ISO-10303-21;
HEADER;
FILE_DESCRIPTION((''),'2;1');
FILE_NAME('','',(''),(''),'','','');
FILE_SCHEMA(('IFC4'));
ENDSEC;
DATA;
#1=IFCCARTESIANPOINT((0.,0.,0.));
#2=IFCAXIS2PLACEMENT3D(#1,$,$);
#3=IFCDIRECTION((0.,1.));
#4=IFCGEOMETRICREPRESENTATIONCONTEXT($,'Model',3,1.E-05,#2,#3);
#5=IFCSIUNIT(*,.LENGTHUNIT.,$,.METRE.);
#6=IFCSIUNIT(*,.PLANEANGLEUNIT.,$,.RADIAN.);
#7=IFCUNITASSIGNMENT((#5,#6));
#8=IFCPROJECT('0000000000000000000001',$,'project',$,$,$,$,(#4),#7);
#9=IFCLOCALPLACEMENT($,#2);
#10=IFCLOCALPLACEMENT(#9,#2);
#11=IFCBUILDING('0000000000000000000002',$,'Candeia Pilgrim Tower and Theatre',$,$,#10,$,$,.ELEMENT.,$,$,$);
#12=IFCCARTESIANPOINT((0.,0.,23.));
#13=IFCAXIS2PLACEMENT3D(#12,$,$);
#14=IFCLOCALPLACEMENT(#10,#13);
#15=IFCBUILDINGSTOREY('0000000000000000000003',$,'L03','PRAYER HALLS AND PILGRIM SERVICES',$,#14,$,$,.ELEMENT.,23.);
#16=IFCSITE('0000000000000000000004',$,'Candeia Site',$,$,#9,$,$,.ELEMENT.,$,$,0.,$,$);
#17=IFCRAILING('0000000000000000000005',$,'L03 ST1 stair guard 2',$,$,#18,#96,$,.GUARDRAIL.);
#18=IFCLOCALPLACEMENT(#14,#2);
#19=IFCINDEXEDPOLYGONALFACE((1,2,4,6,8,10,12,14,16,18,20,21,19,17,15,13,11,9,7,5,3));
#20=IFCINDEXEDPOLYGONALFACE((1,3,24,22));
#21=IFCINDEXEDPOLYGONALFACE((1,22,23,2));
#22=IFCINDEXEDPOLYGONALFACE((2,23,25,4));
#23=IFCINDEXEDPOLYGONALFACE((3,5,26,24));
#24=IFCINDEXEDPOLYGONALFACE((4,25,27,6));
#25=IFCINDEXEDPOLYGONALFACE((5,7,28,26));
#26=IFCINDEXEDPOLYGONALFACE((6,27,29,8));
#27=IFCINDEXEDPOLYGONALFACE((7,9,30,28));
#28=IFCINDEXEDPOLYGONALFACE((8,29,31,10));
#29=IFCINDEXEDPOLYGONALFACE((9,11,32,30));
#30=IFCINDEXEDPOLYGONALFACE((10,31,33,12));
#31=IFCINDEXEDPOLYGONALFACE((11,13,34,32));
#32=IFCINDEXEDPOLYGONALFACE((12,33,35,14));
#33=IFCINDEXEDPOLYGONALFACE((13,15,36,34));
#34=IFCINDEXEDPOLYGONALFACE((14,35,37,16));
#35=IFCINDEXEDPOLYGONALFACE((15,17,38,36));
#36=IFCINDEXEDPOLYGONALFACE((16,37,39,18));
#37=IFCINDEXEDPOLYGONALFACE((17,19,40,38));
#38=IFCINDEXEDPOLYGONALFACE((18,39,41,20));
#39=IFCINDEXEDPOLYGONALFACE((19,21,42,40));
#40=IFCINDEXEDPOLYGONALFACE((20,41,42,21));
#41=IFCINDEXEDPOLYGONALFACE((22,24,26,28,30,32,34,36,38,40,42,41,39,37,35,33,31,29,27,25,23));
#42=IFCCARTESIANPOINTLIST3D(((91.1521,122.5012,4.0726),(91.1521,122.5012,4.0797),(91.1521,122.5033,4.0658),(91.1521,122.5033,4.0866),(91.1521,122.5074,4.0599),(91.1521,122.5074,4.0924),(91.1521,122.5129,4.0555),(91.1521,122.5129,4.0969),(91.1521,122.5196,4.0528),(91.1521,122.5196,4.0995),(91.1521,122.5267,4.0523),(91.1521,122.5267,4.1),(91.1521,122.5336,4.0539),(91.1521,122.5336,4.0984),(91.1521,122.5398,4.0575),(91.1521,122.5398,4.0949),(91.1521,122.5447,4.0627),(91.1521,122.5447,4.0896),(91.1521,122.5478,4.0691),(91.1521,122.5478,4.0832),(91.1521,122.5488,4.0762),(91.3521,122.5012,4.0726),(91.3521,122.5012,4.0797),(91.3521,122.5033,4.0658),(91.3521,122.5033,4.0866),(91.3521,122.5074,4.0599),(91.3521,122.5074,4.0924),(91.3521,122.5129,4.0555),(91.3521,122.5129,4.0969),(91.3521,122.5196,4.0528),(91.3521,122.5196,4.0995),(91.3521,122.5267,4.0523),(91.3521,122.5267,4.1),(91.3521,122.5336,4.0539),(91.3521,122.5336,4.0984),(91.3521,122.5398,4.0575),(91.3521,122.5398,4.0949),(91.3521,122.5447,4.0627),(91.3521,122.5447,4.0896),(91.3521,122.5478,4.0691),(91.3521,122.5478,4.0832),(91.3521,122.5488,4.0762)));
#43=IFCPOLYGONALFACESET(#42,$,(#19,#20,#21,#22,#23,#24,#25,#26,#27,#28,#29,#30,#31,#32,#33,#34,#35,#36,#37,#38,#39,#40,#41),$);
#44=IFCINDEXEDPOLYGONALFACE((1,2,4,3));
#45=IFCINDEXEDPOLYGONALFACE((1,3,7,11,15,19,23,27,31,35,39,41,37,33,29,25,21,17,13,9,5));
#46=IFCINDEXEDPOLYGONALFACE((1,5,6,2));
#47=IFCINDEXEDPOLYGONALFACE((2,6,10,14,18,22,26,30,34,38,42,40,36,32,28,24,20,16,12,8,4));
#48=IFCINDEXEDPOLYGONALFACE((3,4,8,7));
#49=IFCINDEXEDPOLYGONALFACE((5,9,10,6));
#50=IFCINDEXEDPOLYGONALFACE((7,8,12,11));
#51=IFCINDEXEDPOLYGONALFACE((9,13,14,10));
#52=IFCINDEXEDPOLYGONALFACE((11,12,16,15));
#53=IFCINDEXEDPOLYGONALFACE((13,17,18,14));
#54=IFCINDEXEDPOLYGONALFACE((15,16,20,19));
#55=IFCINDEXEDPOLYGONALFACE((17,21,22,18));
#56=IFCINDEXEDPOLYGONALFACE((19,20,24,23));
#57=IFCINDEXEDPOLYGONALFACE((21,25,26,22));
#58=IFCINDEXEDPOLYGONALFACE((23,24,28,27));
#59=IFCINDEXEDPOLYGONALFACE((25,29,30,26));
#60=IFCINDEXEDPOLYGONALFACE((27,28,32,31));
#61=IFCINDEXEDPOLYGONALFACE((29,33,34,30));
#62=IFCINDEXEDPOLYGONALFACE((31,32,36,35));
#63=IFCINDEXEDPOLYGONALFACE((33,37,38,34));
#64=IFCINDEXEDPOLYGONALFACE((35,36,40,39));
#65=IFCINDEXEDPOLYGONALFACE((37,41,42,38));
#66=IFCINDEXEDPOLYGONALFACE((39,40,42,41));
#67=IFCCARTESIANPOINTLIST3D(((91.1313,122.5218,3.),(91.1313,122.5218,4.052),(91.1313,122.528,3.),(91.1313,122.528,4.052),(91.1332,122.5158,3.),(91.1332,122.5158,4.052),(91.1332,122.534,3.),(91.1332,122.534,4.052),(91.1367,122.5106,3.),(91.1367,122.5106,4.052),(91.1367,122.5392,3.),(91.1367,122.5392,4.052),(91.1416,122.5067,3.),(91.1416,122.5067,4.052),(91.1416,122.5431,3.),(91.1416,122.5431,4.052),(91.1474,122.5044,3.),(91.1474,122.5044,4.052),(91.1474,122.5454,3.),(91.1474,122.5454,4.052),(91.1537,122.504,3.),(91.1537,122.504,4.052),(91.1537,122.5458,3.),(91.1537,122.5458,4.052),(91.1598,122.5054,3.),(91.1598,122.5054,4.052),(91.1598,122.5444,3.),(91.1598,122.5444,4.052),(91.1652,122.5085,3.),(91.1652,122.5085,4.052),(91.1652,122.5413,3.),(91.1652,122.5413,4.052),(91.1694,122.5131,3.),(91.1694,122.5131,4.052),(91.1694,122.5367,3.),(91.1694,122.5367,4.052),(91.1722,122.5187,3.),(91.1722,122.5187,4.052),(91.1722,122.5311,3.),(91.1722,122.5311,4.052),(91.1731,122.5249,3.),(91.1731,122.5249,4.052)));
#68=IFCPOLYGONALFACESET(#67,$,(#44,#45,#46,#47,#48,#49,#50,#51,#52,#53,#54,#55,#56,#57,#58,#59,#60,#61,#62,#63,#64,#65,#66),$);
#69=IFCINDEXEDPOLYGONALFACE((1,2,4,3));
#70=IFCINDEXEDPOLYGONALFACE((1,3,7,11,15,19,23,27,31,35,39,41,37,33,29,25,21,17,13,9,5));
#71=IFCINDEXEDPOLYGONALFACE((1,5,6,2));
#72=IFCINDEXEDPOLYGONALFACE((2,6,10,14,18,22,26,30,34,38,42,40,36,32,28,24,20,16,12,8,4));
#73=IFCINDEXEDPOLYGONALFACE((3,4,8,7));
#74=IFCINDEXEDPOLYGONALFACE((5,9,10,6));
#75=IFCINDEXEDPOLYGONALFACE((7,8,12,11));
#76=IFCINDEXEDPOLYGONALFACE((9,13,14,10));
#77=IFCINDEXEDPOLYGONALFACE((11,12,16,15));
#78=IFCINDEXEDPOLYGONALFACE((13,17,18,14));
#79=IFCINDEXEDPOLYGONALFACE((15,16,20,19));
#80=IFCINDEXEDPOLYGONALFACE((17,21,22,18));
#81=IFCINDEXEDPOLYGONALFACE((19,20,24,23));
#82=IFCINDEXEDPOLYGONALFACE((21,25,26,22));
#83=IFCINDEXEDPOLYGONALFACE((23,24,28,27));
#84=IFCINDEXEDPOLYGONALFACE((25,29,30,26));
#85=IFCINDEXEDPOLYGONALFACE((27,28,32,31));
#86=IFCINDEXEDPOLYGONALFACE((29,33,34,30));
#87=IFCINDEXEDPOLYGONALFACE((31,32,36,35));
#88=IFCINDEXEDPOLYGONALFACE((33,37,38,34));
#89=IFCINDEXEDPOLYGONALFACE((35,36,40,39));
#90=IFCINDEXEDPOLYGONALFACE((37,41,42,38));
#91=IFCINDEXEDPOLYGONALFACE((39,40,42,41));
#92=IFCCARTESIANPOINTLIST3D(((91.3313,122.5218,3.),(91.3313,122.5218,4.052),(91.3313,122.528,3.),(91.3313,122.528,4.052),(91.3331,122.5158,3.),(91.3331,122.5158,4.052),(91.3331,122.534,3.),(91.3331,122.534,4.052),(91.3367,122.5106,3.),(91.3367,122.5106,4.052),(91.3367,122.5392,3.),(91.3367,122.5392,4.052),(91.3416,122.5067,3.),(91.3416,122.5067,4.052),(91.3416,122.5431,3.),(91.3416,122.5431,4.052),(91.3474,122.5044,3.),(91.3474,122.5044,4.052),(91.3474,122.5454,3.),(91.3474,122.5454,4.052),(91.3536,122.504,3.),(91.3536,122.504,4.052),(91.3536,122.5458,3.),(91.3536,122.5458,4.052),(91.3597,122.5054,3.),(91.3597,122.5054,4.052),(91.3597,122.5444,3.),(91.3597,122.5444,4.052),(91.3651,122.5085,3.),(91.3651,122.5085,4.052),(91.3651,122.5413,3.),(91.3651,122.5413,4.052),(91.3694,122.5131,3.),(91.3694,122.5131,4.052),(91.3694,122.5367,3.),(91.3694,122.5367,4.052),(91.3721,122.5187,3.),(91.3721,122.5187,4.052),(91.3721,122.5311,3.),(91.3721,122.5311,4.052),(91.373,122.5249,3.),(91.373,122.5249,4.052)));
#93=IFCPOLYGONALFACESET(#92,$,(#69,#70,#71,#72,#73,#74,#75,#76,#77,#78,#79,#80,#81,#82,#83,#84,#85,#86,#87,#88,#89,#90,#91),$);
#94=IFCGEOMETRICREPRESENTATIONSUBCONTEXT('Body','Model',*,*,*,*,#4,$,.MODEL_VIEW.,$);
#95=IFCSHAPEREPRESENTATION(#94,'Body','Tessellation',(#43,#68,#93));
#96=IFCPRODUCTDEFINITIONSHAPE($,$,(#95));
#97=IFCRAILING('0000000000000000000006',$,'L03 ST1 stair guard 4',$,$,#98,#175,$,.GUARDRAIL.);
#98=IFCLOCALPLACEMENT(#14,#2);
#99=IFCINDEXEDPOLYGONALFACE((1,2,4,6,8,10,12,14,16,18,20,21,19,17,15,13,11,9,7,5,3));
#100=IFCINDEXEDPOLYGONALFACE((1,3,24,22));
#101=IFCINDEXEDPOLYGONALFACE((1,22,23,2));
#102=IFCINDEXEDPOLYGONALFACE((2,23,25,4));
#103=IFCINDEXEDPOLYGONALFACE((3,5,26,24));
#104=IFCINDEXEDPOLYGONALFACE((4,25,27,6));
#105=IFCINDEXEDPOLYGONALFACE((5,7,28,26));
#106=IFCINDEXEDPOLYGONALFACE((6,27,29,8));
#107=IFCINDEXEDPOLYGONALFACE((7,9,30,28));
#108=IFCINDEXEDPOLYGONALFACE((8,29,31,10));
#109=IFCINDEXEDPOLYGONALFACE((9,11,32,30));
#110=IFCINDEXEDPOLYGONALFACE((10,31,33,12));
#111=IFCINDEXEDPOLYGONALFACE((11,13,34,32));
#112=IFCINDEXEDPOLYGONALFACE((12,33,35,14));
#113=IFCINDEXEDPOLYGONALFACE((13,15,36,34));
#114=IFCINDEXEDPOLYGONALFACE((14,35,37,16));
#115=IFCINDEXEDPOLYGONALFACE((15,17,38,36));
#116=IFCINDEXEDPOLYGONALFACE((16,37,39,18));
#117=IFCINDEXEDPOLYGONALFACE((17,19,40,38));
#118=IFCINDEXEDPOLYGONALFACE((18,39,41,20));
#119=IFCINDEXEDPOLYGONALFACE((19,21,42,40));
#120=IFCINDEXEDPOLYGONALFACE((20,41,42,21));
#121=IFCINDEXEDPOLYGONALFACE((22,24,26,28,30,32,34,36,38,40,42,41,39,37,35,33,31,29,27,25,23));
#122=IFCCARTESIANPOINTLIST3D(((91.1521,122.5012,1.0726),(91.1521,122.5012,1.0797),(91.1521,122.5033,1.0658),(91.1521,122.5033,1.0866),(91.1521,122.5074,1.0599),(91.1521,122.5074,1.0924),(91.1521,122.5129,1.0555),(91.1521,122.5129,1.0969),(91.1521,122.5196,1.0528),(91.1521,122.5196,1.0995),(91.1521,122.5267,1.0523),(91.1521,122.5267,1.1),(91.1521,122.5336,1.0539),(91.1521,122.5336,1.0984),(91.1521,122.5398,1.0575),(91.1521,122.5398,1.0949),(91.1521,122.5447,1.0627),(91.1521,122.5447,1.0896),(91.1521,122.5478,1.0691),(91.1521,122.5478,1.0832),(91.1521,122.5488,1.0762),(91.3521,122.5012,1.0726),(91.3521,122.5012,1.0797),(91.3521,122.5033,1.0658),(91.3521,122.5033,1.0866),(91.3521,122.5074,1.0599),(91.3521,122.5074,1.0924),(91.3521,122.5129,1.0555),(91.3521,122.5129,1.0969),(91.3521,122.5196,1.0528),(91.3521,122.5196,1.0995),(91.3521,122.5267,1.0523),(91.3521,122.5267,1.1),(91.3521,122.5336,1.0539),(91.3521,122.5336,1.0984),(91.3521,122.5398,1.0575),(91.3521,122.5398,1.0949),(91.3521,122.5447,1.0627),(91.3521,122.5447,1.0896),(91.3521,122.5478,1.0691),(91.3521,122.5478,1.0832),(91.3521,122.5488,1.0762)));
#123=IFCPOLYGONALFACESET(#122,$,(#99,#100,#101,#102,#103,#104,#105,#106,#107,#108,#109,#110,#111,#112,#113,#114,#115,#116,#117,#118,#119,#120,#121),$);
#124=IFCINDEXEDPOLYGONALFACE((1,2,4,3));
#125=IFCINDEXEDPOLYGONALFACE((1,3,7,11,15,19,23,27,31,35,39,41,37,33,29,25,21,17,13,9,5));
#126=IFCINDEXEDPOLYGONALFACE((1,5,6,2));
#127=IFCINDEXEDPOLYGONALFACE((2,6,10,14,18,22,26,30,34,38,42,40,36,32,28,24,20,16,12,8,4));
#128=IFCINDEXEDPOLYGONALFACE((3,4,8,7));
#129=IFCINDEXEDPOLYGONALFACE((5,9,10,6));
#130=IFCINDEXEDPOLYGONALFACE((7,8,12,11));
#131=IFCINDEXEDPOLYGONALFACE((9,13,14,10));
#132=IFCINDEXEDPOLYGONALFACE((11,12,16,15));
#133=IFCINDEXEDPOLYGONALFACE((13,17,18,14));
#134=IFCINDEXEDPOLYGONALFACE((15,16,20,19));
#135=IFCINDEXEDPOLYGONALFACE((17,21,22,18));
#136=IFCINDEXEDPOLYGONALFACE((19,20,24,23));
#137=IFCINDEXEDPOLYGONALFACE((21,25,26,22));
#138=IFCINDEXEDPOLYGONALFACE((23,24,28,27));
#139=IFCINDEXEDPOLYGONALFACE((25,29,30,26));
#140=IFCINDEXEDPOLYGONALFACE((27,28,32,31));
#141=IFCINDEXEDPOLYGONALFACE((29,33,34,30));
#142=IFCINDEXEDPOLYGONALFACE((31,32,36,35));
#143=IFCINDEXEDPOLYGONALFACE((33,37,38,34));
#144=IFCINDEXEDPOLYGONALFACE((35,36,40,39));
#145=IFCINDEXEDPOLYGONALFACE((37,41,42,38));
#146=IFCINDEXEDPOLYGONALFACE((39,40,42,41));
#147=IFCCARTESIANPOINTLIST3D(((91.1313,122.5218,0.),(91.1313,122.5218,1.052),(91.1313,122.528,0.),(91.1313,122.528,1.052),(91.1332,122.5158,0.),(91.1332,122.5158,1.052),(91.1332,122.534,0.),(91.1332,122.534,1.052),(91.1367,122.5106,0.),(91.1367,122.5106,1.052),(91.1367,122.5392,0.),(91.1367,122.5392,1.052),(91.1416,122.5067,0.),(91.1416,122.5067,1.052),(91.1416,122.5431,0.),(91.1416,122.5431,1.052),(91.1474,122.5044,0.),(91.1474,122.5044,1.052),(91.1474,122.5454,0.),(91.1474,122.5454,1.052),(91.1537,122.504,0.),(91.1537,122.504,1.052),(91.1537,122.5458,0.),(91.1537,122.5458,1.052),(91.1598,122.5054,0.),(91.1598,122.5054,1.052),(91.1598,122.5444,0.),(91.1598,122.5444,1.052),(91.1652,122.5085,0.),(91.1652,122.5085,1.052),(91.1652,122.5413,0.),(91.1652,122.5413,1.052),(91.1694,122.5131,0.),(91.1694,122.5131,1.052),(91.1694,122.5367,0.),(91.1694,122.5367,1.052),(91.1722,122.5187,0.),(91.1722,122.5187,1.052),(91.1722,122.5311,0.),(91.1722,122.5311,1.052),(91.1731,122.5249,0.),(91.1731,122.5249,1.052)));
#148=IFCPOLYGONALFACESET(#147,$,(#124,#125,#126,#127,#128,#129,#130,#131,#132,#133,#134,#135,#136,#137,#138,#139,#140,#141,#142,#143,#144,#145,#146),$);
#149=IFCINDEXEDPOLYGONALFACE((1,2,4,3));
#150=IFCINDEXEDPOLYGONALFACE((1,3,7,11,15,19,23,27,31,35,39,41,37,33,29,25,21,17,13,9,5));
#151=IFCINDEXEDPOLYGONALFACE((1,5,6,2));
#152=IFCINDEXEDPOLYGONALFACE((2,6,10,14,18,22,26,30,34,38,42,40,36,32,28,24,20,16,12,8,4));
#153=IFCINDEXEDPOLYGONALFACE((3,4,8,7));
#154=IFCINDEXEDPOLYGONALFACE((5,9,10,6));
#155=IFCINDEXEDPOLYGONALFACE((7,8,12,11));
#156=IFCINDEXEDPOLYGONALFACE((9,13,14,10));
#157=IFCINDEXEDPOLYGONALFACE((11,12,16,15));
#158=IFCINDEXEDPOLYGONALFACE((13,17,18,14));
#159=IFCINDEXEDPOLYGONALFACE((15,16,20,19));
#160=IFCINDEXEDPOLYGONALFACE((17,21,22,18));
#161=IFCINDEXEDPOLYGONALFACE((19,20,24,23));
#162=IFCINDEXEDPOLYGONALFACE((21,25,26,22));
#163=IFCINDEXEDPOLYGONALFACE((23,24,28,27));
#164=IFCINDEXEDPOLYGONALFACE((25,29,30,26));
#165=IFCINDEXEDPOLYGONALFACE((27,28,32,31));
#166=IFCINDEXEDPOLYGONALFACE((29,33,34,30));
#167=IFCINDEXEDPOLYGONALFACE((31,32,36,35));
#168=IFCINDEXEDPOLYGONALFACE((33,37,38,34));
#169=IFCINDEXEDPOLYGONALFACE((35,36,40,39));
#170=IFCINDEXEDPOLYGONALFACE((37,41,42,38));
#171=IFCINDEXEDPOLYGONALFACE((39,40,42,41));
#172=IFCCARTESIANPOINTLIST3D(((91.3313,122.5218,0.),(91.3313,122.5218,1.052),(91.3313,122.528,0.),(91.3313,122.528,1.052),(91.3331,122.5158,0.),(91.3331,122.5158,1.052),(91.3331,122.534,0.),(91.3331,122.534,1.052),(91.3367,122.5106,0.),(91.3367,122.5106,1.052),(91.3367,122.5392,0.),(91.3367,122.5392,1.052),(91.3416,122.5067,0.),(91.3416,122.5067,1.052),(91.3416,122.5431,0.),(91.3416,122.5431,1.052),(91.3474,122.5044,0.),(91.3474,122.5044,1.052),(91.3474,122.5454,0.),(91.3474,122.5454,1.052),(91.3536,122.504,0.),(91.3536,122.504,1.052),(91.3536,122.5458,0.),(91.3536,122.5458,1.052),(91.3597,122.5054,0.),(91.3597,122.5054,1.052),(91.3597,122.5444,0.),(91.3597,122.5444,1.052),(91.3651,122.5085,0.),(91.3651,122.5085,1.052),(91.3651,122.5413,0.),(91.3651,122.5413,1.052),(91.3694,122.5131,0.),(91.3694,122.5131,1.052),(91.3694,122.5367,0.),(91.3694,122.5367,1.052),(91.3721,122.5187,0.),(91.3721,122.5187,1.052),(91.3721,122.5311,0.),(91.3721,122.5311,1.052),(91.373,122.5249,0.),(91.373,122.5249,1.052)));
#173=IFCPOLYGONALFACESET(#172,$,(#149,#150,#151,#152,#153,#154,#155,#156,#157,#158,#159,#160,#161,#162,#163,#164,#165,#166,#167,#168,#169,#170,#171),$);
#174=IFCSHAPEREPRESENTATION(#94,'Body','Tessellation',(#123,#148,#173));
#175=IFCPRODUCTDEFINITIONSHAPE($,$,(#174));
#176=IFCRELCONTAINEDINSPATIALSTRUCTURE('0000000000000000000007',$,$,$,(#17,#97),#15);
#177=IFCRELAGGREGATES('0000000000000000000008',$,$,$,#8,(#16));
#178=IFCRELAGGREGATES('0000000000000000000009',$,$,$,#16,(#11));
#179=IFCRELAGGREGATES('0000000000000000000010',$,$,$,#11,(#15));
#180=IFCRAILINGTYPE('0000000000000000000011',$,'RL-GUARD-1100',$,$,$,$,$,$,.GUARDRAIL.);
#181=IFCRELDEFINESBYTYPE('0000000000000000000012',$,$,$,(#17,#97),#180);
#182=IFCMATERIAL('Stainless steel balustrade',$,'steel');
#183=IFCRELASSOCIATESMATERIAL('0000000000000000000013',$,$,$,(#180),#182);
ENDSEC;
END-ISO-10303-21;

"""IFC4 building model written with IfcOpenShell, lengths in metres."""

from ifc_helpers import new_model, si_unit, direction, frame, origin, origin_2d, place, context, subcontext, project, spatial, circle, extrude, material, type_object, element, save


model = new_model("IFC4")

# Units and contexts
model_context = context("Model", 3, precision=1e-05, world=origin(), true_north=direction((0.0, 1.0)))
body_context = subcontext(model_context, "Body", "Model", "MODEL_VIEW")
ifc_project = project(units=[si_unit("LENGTHUNIT", "METRE"), si_unit("PLANEANGLEUNIT", "RADIAN")], contexts=[model_context])

# Site, building, storey
site_placement = place(None, origin())
site = spatial("IfcSite", under=ifc_project, at=site_placement, Name="Candeia Site", CompositionType="ELEMENT", RefElevation=0.0)
building_placement = place(site_placement, origin())
building = spatial("IfcBuilding", under=site, at=building_placement, Name="Candeia Pilgrim Tower and Theatre", CompositionType="ELEMENT")
storey_placement = place(building_placement, frame((0.0, 0.0, 23.0)))
storey = spatial("IfcBuildingStorey", under=building, at=storey_placement, Name="L03", Description="PRAYER HALLS AND PILGRIM SERVICES", CompositionType="ELEMENT", Elevation=23.0)

# Railings
ifc_material_1 = material(Name="Stainless steel balustrade", Category="steel")
railing_type_1 = type_object("IfcRailingType", Name="RL-GUARD-1100", PredefinedType="GUARDRAIL", material=ifc_material_1)
railing_1_placement = place(storey_placement, frame((91.1521, 122.5249, 3.0)))
element("IfcRailing", 1, at=railing_1_placement, inside=storey, type_object=railing_type_1, Name="L03 ST1 stair guard 2", PredefinedType="GUARDRAIL", context=body_context, shape_type="SweptSolid", body=[
    extrude(circle(Radius=0.0239, at=origin_2d()), frame((0.0, 0.0, 1.0762), z_axis=(1.0, 0.0, 0.0), x_axis=(0.0, 1.0, 0.0)), (0.0, 0.0, 1.0), 0.2),
    extrude(circle(Radius=0.021, at=origin_2d()), origin(), (0.0, 0.0, 1.0), 1.052),
    extrude(circle(Radius=0.021, at=origin_2d()), frame((0.2, 0.0, 0.0)), (0.0, 0.0, 1.0), 1.052),
])
railing_2_placement = place(storey_placement, frame((91.1521, 122.5249, 0.0)))
element("IfcRailing", 2, at=railing_2_placement, inside=storey, type_object=railing_type_1, Name="L03 ST1 stair guard 4", PredefinedType="GUARDRAIL", context=body_context, shape_type="SweptSolid", body=[
    extrude(circle(Radius=0.0239, at=origin_2d()), frame((0.0, 0.0, 1.0762), z_axis=(1.0, 0.0, 0.0), x_axis=(0.0, 1.0, 0.0)), (0.0, 0.0, 1.0), 0.2),
    extrude(circle(Radius=0.021, at=origin_2d()), origin(), (0.0, 0.0, 1.0), 1.052),
    extrude(circle(Radius=0.021, at=origin_2d()), frame((0.2, 0.0, 0.0)), (0.0, 0.0, 1.0), 1.052),
])

save(model, "model.ifc")
